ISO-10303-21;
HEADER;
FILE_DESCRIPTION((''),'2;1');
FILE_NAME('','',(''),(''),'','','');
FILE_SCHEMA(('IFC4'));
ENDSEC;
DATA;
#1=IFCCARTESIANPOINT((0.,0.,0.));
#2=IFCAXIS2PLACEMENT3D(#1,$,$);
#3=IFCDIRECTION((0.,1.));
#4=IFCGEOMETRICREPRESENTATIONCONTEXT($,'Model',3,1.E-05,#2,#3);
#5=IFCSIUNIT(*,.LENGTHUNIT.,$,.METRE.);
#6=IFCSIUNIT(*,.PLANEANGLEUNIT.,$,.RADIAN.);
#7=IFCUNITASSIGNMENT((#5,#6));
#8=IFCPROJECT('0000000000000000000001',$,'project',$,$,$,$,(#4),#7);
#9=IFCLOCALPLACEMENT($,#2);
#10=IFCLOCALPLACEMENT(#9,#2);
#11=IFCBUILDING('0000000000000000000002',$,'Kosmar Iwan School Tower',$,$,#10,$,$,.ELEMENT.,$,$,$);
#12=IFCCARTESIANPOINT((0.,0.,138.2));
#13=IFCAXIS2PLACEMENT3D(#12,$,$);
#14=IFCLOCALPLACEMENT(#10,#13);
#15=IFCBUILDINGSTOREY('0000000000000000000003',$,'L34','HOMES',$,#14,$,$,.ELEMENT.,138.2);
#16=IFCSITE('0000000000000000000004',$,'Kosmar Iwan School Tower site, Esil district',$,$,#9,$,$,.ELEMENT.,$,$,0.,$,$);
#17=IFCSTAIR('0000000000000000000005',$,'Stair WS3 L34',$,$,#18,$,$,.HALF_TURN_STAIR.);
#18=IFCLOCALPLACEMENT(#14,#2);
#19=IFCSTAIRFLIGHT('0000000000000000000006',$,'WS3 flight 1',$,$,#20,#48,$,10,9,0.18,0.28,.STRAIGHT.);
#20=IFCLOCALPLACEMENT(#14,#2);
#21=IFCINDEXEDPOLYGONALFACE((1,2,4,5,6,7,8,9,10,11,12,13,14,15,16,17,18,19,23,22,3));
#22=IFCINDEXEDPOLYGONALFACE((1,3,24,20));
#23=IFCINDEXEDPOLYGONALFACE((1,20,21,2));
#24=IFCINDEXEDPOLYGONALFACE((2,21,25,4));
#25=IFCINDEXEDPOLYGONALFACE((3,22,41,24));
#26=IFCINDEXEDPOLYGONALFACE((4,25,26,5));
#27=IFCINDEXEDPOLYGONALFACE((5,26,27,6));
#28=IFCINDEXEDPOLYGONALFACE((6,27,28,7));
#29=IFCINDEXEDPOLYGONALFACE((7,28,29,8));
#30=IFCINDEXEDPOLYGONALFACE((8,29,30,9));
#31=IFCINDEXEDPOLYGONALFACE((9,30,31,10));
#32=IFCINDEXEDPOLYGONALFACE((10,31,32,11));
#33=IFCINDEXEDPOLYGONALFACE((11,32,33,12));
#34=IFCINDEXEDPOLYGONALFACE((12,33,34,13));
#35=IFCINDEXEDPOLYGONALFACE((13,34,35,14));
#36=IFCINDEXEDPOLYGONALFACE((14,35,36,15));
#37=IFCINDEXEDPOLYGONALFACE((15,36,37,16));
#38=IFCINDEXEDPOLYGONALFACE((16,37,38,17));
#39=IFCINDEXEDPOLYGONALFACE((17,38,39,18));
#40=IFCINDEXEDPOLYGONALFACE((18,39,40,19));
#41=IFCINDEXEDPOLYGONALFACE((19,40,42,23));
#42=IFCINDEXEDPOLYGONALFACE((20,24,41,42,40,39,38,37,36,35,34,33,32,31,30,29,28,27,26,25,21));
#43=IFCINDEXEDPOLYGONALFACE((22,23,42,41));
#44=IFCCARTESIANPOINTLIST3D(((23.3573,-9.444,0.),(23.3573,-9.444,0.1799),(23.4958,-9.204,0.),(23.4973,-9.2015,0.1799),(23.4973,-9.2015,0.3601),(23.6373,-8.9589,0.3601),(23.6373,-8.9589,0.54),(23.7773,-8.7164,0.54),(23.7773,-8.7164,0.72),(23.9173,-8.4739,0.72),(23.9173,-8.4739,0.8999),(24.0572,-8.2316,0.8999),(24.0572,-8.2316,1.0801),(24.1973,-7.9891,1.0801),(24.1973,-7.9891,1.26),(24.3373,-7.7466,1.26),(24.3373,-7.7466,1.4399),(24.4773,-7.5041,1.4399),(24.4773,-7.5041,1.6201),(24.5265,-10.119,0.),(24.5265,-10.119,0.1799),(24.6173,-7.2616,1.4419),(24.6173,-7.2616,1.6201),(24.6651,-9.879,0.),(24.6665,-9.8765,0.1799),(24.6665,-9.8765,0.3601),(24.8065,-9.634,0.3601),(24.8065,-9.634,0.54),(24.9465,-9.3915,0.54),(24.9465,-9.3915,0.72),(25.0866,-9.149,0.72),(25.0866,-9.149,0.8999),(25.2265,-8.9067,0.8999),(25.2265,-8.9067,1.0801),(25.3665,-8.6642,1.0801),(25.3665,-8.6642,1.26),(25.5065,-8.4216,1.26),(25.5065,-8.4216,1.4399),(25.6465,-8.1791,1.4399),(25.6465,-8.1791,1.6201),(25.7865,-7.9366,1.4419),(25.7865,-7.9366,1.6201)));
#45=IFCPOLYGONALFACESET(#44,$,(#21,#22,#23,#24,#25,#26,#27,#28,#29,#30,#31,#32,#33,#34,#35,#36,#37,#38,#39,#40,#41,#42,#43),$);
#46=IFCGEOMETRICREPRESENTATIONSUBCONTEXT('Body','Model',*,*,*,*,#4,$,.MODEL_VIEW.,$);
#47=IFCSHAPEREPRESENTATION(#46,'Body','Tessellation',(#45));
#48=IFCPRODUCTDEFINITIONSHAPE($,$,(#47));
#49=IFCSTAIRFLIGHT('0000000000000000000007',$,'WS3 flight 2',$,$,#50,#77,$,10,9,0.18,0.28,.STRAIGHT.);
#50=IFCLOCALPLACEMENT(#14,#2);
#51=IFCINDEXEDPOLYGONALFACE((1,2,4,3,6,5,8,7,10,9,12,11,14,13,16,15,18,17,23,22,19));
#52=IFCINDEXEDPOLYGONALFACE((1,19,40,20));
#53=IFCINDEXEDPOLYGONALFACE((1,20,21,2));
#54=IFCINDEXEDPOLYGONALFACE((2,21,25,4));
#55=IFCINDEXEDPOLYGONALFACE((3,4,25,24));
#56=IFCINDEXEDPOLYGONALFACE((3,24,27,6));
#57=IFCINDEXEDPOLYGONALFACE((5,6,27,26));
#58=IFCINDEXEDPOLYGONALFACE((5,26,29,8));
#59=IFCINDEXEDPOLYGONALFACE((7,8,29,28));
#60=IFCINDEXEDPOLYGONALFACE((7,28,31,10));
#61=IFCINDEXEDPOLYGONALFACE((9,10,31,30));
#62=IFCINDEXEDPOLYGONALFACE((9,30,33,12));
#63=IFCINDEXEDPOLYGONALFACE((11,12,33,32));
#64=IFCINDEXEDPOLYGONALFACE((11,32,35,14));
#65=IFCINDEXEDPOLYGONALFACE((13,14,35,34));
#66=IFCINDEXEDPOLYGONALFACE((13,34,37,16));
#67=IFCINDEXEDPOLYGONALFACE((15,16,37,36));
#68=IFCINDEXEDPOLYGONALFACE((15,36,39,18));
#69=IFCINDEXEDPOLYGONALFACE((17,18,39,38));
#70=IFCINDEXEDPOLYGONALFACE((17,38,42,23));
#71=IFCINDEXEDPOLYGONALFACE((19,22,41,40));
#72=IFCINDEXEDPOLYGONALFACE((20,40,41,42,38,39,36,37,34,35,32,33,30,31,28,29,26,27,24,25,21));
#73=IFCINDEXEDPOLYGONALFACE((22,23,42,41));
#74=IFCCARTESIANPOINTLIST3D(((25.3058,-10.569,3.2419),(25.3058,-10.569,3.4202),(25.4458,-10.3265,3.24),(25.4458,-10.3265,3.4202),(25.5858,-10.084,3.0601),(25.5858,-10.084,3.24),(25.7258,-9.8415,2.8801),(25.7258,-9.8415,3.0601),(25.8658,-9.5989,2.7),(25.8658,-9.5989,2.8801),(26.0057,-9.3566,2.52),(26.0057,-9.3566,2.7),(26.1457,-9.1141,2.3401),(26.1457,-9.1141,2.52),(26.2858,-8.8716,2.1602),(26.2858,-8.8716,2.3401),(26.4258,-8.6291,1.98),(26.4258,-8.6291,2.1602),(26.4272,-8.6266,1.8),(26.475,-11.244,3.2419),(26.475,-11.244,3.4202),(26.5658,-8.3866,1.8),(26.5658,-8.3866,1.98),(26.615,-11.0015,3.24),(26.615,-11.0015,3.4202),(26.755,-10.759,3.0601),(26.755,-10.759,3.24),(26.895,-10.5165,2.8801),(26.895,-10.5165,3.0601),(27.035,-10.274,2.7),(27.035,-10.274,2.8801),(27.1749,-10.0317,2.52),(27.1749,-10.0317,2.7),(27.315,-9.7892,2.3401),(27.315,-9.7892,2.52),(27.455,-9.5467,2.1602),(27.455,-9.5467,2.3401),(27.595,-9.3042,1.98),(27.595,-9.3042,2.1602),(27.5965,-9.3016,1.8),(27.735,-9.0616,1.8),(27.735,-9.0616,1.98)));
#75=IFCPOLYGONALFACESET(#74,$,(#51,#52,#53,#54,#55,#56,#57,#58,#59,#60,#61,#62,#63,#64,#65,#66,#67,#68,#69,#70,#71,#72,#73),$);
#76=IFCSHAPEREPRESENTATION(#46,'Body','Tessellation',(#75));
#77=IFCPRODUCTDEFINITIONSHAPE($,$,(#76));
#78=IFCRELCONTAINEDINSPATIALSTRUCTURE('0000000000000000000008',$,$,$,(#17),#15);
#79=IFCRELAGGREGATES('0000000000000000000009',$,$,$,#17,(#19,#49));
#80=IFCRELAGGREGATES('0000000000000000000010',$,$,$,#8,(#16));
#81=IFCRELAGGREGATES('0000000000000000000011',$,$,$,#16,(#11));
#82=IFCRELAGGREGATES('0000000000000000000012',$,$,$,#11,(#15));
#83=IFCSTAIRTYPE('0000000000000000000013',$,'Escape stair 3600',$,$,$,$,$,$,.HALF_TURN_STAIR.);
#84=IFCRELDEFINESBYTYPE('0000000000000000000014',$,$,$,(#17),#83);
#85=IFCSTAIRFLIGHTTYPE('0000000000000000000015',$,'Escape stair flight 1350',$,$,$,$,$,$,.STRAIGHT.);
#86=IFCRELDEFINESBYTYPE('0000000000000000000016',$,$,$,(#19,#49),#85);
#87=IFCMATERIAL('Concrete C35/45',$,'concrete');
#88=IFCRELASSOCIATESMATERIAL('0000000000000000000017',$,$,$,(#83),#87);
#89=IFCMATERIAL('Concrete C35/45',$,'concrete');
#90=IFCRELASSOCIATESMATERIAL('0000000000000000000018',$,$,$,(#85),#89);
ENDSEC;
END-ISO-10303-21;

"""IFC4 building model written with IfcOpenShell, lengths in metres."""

from ifc_helpers import new_model, si_unit, direction, frame, origin, place, context, subcontext, project, spatial, polyline, outline, extrude, material, type_object, element, aggregate, save


model = new_model("IFC4")

# Units and contexts
model_context = context("Model", 3, precision=1e-05, world=origin(), true_north=direction((0.0, 1.0)))
body_context = subcontext(model_context, "Body", "Model", "MODEL_VIEW")
ifc_project = project(units=[si_unit("LENGTHUNIT", "METRE"), si_unit("PLANEANGLEUNIT", "RADIAN")], contexts=[model_context])

# Site, building, storey
site_placement = place(None, origin())
site = spatial("IfcSite", under=ifc_project, at=site_placement, Name="Kosmar Iwan School Tower site, Esil district", CompositionType="ELEMENT", RefElevation=0.0)
building_placement = place(site_placement, origin())
building = spatial("IfcBuilding", under=site, at=building_placement, Name="Kosmar Iwan School Tower", CompositionType="ELEMENT")
storey_placement = place(building_placement, frame((0.0, 0.0, 138.2)))
storey = spatial("IfcBuildingStorey", under=building, at=storey_placement, Name="L34", Description="HOMES", CompositionType="ELEMENT", Elevation=138.2)

# Stair, stair flights
ifc_material_1 = material(Name="Concrete C35/45", Category="concrete")
stair_type = type_object("IfcStairType", Name="Escape stair 3600", PredefinedType="HALF_TURN_STAIR", material=ifc_material_1)
stair_placement = place(storey_placement, origin())
stair = element("IfcStair", 1, at=stair_placement, inside=storey, type_object=stair_type, Name="Stair WS3 L34", PredefinedType="HALF_TURN_STAIR")
ifc_material_2 = material(Name="Concrete C35/45", Category="concrete")
stair_flight_type = type_object("IfcStairFlightType", Name="Escape stair flight 1350", PredefinedType="STRAIGHT", material=ifc_material_2)
stair_flight_1_placement = place(storey_placement, frame((23.9419, -9.7815, 0.0), z_axis=(0.0, 0.0, 1.0), x_axis=(0.5, 0.866025, 0.0)))
stair_flight_1 = element("IfcStairFlight", 2, at=stair_flight_1_placement, type_object=stair_flight_type, Name="WS3 flight 1", NumberOfRisers=10, NumberOfTreads=9, PredefinedType="STRAIGHT", RiserHeight=0.18, TreadLength=0.28, context=body_context, shape_type="SweptSolid", body=[
    extrude(outline(polyline([(0.0, 0.0), (0.0, 0.1799), (0.28, 0.1799), (0.28, 0.3601), (0.5601, 0.3601), (0.5601, 0.54), (0.8401, 0.54), (0.8401, 0.72), (1.1201, 0.72), (1.1201, 0.8999), (1.3999, 0.8999), (1.3999, 1.0801), (1.6799, 1.0801), (1.6799, 1.26), (1.96, 1.26), (1.96, 1.4399), (2.24, 1.4399), (2.24, 1.6201), (2.52, 1.6201), (2.52, 1.8), (2.52, 1.4419), (0.2771, 0.0), (0.0, 0.0)])), frame((0.0, 0.675, 0.0), z_axis=(0.0, -1.0, 0.0), x_axis=(1.0, 0.0, 0.0)), (0.0, 0.0, 1.0), 1.3501),
])
stair_flight_2_placement = place(storey_placement, frame((27.1504, -8.7241, 1.8), z_axis=(0.0, 0.0, 1.0), x_axis=(-0.5, -0.866025, 0.0)))
stair_flight_2 = element("IfcStairFlight", 3, at=stair_flight_2_placement, type_object=stair_flight_type, Name="WS3 flight 2", NumberOfRisers=10, NumberOfTreads=9, PredefinedType="STRAIGHT", RiserHeight=0.18, TreadLength=0.28, context=body_context, shape_type="SweptSolid", body=[
    extrude(outline(polyline([(0.0, 0.0), (0.0, 0.1799), (0.28, 0.1799), (0.28, 0.3601), (0.5601, 0.3601), (0.5601, 0.54), (0.8401, 0.54), (0.8401, 0.72), (1.1201, 0.72), (1.1201, 0.8999), (1.3999, 0.8999), (1.3999, 1.0801), (1.6799, 1.0801), (1.6799, 1.26), (1.96, 1.26), (1.96, 1.4399), (2.24, 1.4399), (2.24, 1.6201), (2.52, 1.6201), (2.52, 1.8), (2.52, 1.4419), (0.2771, 0.0), (0.0, 0.0)])), frame((0.0, 0.675, 0.0), z_axis=(0.0, -1.0, 0.0), x_axis=(1.0, 0.0, 0.0)), (0.0, 0.0, 1.0), 1.3501),
])
aggregate(stair, [stair_flight_1, stair_flight_2])

save(model, "model.ifc")
